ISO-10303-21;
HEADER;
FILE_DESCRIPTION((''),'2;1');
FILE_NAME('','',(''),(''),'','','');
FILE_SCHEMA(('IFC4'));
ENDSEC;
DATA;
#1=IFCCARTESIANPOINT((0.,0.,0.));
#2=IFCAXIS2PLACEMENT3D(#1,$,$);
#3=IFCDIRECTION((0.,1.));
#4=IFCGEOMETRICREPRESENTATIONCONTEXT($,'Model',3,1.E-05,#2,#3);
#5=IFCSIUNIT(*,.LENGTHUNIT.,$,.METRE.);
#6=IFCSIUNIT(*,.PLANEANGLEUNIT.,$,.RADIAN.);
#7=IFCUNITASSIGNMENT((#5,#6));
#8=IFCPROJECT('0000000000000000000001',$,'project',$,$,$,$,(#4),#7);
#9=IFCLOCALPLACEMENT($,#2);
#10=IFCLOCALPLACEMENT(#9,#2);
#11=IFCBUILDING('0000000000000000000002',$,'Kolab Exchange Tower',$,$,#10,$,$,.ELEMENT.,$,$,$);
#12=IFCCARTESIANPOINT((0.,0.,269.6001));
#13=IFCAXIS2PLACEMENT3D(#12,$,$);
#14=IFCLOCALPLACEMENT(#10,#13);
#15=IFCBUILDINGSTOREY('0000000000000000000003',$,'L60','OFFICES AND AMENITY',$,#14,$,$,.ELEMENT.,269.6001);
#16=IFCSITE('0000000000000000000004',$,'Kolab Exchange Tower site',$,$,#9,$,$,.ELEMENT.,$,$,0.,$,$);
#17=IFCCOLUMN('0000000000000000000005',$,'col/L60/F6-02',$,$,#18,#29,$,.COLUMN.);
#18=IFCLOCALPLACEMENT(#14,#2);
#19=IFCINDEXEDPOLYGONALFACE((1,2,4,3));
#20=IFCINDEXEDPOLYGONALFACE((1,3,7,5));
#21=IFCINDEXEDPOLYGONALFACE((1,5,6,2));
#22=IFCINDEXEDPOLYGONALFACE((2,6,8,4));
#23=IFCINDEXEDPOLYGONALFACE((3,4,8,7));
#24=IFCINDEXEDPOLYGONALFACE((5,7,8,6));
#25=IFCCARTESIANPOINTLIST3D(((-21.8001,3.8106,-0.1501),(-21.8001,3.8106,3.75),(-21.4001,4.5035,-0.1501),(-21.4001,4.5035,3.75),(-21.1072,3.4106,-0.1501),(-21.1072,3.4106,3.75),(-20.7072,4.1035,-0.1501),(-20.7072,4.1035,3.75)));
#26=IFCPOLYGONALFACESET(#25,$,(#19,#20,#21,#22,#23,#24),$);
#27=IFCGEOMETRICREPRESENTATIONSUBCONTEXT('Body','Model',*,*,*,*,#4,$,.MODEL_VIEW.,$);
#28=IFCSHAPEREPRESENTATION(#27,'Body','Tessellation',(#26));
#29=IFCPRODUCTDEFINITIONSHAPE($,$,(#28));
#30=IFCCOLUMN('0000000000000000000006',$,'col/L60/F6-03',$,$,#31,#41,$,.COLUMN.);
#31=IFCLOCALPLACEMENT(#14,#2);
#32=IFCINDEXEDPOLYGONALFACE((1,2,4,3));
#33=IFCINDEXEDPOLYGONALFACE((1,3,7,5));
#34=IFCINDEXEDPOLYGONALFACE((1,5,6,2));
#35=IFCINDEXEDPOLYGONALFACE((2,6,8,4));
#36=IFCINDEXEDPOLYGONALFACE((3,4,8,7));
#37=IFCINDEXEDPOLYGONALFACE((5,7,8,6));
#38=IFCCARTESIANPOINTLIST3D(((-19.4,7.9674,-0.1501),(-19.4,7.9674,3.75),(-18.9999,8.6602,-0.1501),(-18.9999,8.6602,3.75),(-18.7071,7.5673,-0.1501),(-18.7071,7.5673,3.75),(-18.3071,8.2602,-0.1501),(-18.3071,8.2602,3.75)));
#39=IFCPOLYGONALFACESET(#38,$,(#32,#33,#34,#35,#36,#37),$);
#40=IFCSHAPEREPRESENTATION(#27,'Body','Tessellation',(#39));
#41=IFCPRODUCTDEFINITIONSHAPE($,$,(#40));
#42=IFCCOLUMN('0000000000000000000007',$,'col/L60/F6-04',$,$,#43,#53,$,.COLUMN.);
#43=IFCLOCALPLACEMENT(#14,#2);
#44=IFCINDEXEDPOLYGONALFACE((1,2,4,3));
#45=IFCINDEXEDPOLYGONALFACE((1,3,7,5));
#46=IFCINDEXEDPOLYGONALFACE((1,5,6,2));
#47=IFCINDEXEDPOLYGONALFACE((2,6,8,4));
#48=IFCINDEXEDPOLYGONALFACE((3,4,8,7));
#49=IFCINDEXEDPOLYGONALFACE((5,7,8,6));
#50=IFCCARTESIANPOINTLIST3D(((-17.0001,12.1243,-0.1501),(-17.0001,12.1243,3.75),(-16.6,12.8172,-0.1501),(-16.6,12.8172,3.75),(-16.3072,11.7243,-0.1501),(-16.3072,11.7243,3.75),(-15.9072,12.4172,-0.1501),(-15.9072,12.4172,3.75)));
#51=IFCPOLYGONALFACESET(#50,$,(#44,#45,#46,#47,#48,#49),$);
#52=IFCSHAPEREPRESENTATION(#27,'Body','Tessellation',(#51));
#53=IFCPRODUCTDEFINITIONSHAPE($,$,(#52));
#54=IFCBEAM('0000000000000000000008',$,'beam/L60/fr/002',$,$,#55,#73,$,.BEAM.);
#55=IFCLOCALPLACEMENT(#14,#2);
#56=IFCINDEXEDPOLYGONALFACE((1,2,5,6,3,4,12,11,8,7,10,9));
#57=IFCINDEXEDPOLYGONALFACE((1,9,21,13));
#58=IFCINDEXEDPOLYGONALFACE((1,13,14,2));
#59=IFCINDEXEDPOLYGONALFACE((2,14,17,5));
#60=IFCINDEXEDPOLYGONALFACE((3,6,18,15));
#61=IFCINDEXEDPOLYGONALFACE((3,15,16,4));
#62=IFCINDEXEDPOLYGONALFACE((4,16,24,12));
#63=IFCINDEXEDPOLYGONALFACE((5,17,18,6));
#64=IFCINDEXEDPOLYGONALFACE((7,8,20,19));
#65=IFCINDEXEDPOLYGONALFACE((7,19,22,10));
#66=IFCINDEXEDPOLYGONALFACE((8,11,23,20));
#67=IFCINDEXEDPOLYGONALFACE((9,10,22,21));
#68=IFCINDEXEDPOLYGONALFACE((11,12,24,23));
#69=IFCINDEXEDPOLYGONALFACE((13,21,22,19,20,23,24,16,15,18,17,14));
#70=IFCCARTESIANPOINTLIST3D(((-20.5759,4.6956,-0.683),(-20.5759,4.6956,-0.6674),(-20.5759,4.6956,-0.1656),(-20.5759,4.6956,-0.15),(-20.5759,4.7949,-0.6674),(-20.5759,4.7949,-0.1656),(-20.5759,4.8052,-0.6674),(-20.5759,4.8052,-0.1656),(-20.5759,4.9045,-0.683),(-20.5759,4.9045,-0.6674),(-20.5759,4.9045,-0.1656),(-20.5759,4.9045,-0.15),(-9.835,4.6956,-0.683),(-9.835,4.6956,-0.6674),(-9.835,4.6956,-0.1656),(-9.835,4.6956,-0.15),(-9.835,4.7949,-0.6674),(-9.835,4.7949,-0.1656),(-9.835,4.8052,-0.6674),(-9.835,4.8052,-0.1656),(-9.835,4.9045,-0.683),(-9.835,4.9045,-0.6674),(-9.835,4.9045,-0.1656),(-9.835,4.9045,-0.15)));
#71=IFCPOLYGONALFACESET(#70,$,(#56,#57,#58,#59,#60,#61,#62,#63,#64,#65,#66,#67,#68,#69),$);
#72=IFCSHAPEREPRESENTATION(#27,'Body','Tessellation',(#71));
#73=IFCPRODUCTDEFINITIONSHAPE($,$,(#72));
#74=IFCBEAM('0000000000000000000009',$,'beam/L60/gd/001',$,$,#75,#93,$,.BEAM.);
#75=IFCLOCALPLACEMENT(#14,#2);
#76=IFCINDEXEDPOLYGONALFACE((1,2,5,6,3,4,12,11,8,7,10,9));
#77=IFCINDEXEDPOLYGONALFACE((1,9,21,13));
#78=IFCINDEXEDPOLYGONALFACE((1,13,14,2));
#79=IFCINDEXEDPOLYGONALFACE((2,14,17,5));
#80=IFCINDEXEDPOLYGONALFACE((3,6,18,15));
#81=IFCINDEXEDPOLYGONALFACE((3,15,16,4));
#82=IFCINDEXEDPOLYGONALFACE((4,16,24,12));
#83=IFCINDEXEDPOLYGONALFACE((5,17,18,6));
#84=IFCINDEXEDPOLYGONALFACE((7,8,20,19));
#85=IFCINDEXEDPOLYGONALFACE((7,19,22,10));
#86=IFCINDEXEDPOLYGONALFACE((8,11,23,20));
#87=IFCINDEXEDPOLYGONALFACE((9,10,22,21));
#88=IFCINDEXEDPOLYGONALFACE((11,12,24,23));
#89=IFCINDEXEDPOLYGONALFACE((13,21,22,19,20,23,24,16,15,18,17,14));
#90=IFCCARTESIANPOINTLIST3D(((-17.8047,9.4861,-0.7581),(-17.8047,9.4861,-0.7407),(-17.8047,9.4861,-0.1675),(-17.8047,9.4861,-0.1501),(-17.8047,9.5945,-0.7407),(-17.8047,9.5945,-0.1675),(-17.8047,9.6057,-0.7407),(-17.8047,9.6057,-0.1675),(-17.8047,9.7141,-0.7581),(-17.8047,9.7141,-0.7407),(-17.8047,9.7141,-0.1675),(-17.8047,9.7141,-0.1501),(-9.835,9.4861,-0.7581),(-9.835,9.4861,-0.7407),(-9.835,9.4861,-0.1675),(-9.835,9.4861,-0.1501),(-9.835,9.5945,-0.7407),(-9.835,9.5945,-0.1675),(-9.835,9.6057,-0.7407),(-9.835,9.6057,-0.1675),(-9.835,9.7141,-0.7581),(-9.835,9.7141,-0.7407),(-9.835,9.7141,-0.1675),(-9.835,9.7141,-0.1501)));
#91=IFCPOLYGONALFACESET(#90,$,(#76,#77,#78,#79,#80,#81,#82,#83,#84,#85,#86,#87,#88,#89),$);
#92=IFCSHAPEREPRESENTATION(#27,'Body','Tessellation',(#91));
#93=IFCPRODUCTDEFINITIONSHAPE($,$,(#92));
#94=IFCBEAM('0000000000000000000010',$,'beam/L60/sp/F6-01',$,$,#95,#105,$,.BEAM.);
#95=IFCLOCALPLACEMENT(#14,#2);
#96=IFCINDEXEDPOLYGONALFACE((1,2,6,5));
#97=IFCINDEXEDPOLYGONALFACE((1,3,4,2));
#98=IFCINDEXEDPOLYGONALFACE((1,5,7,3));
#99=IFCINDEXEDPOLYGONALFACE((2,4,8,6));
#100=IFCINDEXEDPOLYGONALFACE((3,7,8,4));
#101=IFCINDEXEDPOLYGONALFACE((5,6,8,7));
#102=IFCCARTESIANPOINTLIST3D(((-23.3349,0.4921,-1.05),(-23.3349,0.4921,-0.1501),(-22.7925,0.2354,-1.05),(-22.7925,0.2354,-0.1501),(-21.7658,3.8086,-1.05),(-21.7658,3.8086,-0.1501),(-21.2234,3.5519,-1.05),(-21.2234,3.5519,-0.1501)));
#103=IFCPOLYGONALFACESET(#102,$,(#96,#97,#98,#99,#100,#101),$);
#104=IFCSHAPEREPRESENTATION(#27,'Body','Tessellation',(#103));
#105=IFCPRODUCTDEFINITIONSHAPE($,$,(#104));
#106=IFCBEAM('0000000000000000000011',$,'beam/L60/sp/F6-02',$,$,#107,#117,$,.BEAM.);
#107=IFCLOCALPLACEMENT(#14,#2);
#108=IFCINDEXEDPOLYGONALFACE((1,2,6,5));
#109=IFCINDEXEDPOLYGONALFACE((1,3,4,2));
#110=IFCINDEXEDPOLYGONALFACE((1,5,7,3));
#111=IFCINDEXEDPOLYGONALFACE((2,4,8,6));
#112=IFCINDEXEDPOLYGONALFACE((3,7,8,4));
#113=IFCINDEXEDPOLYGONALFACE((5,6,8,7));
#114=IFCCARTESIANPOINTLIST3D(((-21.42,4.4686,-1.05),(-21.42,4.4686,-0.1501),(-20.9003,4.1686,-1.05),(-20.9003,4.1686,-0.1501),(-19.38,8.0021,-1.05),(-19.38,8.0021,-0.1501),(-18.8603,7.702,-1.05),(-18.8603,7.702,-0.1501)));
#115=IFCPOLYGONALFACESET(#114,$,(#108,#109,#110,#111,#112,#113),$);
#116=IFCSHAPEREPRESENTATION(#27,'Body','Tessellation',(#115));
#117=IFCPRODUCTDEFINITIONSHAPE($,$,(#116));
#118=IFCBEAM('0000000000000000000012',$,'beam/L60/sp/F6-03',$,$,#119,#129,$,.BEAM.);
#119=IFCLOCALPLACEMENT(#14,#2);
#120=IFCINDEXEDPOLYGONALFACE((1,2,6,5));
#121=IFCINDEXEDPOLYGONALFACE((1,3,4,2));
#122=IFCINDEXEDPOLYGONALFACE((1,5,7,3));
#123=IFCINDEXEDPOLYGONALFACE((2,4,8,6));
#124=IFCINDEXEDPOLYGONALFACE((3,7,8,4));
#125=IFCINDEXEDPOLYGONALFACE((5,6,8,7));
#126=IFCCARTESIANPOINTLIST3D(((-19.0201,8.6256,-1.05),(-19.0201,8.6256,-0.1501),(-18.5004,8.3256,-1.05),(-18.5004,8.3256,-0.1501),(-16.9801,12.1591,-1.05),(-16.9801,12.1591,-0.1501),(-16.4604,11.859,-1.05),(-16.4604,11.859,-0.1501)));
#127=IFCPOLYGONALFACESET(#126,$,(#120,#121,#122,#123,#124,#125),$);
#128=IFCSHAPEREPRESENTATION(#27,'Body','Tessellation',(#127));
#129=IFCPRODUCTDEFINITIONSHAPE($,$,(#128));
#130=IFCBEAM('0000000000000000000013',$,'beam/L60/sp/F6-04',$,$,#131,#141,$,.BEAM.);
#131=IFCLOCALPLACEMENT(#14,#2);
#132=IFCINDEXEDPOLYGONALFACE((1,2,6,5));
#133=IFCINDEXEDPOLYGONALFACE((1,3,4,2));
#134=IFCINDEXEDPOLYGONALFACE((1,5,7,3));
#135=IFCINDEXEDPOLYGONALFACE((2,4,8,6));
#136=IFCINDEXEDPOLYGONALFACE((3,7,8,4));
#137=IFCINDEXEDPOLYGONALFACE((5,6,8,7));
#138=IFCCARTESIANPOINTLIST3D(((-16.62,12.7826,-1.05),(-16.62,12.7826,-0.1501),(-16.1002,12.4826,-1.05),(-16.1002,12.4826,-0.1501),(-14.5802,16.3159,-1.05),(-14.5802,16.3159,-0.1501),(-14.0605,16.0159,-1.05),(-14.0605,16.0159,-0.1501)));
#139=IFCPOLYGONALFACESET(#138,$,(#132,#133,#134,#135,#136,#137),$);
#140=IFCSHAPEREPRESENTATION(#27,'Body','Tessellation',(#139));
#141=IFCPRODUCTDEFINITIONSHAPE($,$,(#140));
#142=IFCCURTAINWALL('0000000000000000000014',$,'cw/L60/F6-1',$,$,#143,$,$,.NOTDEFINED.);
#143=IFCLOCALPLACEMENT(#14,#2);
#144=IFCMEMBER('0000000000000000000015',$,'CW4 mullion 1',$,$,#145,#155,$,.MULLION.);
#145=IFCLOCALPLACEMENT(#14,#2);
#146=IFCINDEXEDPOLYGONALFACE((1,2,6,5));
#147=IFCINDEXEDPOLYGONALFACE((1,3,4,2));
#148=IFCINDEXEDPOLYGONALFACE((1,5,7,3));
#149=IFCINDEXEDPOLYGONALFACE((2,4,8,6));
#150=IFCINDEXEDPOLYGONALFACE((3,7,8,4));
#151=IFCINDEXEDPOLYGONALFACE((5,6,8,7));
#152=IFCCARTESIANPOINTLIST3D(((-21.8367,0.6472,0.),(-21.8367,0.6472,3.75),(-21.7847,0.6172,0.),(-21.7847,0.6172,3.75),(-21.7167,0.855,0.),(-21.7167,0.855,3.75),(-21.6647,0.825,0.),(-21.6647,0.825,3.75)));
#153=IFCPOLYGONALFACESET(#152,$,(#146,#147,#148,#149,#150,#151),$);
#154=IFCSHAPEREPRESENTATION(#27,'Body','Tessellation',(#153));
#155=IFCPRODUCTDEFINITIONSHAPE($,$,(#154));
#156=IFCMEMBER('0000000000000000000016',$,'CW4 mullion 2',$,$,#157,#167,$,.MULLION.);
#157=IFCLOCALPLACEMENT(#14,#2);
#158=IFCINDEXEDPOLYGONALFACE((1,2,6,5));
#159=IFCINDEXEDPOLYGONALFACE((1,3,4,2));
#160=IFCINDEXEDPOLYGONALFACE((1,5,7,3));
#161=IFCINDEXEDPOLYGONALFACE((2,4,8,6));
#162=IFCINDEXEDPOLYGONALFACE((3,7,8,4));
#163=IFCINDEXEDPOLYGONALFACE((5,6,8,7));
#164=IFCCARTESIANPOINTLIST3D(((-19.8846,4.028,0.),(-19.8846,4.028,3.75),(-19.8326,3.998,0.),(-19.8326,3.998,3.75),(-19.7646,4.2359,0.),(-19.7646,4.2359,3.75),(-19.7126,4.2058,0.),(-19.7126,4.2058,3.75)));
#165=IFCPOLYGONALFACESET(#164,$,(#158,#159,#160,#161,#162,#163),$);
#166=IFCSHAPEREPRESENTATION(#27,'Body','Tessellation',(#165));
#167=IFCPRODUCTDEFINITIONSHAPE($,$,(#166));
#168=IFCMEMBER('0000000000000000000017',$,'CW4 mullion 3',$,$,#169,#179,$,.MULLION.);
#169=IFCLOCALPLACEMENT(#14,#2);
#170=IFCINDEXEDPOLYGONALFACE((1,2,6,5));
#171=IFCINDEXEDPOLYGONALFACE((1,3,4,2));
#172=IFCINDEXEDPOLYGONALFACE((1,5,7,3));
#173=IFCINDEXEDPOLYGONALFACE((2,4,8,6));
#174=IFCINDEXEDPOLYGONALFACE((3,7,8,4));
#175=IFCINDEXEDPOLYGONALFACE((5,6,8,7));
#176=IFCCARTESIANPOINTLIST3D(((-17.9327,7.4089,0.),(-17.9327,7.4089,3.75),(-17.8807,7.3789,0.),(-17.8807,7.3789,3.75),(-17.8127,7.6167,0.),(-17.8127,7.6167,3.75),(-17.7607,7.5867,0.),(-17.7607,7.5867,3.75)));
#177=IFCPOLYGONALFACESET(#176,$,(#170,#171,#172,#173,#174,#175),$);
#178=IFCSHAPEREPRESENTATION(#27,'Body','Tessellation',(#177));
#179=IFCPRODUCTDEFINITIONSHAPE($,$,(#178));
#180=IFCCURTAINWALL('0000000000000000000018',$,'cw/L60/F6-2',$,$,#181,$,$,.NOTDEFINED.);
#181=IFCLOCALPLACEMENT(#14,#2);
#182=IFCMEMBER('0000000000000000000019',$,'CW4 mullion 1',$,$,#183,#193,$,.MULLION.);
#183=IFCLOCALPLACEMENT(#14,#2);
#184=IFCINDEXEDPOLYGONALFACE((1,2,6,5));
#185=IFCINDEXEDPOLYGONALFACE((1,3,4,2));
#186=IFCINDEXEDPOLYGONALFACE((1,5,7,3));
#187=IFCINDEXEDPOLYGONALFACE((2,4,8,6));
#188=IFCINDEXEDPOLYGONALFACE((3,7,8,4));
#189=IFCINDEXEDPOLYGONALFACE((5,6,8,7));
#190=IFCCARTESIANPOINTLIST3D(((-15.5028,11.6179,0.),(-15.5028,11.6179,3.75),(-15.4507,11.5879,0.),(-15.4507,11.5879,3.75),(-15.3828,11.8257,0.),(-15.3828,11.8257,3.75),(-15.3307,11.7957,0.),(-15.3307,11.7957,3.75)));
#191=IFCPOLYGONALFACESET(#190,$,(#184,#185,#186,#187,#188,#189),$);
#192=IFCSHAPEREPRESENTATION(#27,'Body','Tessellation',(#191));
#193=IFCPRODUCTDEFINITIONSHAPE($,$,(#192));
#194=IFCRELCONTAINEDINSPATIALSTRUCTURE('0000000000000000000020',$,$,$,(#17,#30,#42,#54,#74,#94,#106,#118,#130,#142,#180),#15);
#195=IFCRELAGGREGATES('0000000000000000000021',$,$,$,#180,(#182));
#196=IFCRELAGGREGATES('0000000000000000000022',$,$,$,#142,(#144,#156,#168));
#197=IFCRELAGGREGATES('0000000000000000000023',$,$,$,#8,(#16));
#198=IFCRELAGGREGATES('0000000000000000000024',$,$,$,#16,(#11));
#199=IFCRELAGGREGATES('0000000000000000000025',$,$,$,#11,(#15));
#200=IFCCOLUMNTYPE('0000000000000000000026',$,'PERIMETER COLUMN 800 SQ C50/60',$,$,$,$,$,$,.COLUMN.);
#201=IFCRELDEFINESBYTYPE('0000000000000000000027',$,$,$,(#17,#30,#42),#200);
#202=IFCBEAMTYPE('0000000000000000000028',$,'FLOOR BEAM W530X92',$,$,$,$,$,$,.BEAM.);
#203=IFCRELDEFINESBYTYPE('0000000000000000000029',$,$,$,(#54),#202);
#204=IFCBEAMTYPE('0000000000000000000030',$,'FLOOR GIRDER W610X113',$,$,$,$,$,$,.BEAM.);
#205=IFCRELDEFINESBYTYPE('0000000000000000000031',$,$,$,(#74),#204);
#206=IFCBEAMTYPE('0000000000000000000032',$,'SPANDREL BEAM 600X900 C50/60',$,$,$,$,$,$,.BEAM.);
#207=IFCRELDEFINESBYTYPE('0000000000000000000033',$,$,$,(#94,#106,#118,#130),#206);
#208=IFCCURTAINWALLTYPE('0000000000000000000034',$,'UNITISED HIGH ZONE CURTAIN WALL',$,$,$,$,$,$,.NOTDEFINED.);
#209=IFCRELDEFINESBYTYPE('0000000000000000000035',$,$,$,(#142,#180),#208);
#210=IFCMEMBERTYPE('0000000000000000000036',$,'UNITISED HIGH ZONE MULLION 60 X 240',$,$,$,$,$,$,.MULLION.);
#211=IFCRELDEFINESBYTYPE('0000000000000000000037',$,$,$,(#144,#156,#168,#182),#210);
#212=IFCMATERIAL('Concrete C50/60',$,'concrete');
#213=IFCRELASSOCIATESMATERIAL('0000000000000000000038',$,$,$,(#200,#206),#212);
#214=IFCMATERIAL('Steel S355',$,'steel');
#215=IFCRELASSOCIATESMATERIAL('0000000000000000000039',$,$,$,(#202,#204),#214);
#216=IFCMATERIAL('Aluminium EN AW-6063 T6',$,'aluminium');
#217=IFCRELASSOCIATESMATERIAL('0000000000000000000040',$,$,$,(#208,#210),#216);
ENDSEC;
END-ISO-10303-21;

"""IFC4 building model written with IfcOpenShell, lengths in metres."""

from ifc_helpers import new_model, si_unit, direction, frame, origin, origin_2d, place, context, subcontext, project, spatial, rectangle, i_section, extrude, material, material_profile, profile_set, type_object, element, aggregate, save


model = new_model("IFC4")

# Units and contexts
model_context = context("Model", 3, precision=1e-05, world=origin(), true_north=direction((0.0, 1.0)))
body_context = subcontext(model_context, "Body", "Model", "MODEL_VIEW")
ifc_project = project(units=[si_unit("LENGTHUNIT", "METRE"), si_unit("PLANEANGLEUNIT", "RADIAN")], contexts=[model_context])

# Site, building, storey
site_placement = place(None, origin())
site = spatial("IfcSite", under=ifc_project, at=site_placement, Name="Kolab Exchange Tower site", CompositionType="ELEMENT", RefElevation=0.0)
building_placement = place(site_placement, origin())
building = spatial("IfcBuilding", under=site, at=building_placement, Name="Kolab Exchange Tower", CompositionType="ELEMENT")
storey_placement = place(building_placement, frame((0.0, 0.0, 269.6001)))
storey = spatial("IfcBuildingStorey", under=building, at=storey_placement, Name="L60", Description="OFFICES AND AMENITY", CompositionType="ELEMENT", Elevation=269.6001)

# Columns
ifc_material_1 = material(Name="Concrete C50/60", Category="concrete")
ifc_material_profile_1 = material_profile(ifc_material_1, rectangle(XDim=0.8, YDim=0.8, at=origin_2d()), Name="RC800")
ifc_profile_set_1 = profile_set([ifc_material_profile_1], Name="Concrete C50/60")
column_type = type_object("IfcColumnType", Name="PERIMETER COLUMN 800 SQ C50/60", PredefinedType="COLUMN", material=ifc_profile_set_1)
for number, where, z_axis, x_axis, name in (
    (1, (-21.2537, 3.957, -0.1501), (0.0, 0.0, 1.0), (0.5, 0.866025, 0.0), "col/L60/F6-02"),
    (2, (-18.8535, 8.1138, -0.1501), (0.0, 0.0, 1.0), (0.5, 0.866025, 0.0), "col/L60/F6-03"),
    (3, (-16.4536, 12.2708, -0.1501), (0.0, 0.0, 1.0), (0.5, 0.866025, 0.0), "col/L60/F6-04"),
):
    element("IfcColumn", number, at=place(storey_placement, frame(where, z_axis=z_axis, x_axis=x_axis)), inside=storey, type_object=column_type, Name=name, PredefinedType="COLUMN", context=body_context, shape_type="SweptSolid", body=[
        extrude(rectangle(XDim=0.8, YDim=0.8, at=origin_2d()), origin(), (0.0, 0.0, 1.0), 3.9001),
    ])

# Beams
ifc_material_2 = material(Name="Steel S355", Category="steel")
ifc_material_profile_2 = material_profile(ifc_material_2, i_section(OverallWidth=0.209, OverallDepth=0.533, WebThickness=0.0103, FlangeThickness=0.0156, at=origin_2d()), Name="W530X92")
ifc_profile_set_2 = profile_set([ifc_material_profile_2], Name="Steel S355")
beam_type_1 = type_object("IfcBeamType", Name="FLOOR BEAM W530X92", PredefinedType="BEAM", material=ifc_profile_set_2)
beam_1_placement = place(storey_placement, frame((-20.5759, 4.8, -0.4165), z_axis=(1.0, 0.0, 0.0), x_axis=(0.0, 1.0, 0.0)))
element("IfcBeam", 4, at=beam_1_placement, inside=storey, type_object=beam_type_1, Name="beam/L60/fr/002", PredefinedType="BEAM", context=body_context, shape_type="SweptSolid", body=[
    extrude(i_section(OverallWidth=0.209, OverallDepth=0.533, WebThickness=0.0103, FlangeThickness=0.0156, at=origin_2d()), origin(), (0.0, 0.0, 1.0), 10.741),
])
ifc_material_profile_3 = material_profile(ifc_material_2, i_section(OverallWidth=0.228, OverallDepth=0.6079, WebThickness=0.0112, FlangeThickness=0.0173, at=origin_2d()), Name="W610X113")
ifc_profile_set_3 = profile_set([ifc_material_profile_3], Name="Steel S355")
beam_type_2 = type_object("IfcBeamType", Name="FLOOR GIRDER W610X113", PredefinedType="BEAM", material=ifc_profile_set_3)
beam_2_placement = place(storey_placement, frame((-17.8047, 9.6001, -0.4541), z_axis=(1.0, 0.0, 0.0), x_axis=(0.0, 1.0, 0.0)))
element("IfcBeam", 5, at=beam_2_placement, inside=storey, type_object=beam_type_2, Name="beam/L60/gd/001", PredefinedType="BEAM", context=body_context, shape_type="SweptSolid", body=[
    extrude(i_section(OverallWidth=0.228, OverallDepth=0.6079, WebThickness=0.0112, FlangeThickness=0.0173, at=origin_2d()), origin(), (0.0, 0.0, 1.0), 7.9697),
])
ifc_material_profile_4 = material_profile(ifc_material_1, rectangle(XDim=0.6001, YDim=0.8999, at=origin_2d()), Name="RC600X900")
ifc_profile_set_4 = profile_set([ifc_material_profile_4], Name="Concrete C50/60")
beam_type_3 = type_object("IfcBeamType", Name="SPANDREL BEAM 600X900 C50/60", PredefinedType="BEAM", material=ifc_profile_set_4)
beam_3_placement = place(storey_placement, frame((-23.0637, 0.3638, -0.6001), z_axis=(0.427677, 0.903932, 0.0), x_axis=(-0.903932, 0.427677, 0.0)))
element("IfcBeam", 6, at=beam_3_placement, inside=storey, type_object=beam_type_3, Name="beam/L60/sp/F6-01", PredefinedType="BEAM", context=body_context, shape_type="SweptSolid", body=[
    extrude(rectangle(XDim=0.6001, YDim=0.8999, at=origin_2d()), origin(), (0.0, 0.0, 1.0), 3.6689),
])
for number, where, z_axis, x_axis, name in (
    (7, (-21.1602, 4.3186, -0.6001), (0.5, 0.866025, 0.0), (-0.866025, 0.5, 0.0), "beam/L60/sp/F6-02"),
    (8, (-18.7603, 8.4756, -0.6001), (0.5, 0.866025, 0.0), (-0.866025, 0.5, 0.0), "beam/L60/sp/F6-03"),
):
    element("IfcBeam", number, at=place(storey_placement, frame(where, z_axis=z_axis, x_axis=x_axis)), inside=storey, type_object=beam_type_3, Name=name, PredefinedType="BEAM", context=body_context, shape_type="SweptSolid", body=[
        extrude(rectangle(XDim=0.6001, YDim=0.8999, at=origin_2d()), origin(), (0.0, 0.0, 1.0), 4.0801),
    ])
beam_4_placement = place(storey_placement, frame((-16.3601, 12.6326, -0.6001), z_axis=(0.499956, 0.866051, 0.0), x_axis=(-0.866051, 0.499956, 0.0)))
element("IfcBeam", 9, at=beam_4_placement, inside=storey, type_object=beam_type_3, Name="beam/L60/sp/F6-04", PredefinedType="BEAM", context=body_context, shape_type="SweptSolid", body=[
    extrude(rectangle(XDim=0.6001, YDim=0.8999, at=origin_2d()), origin(), (0.0, 0.0, 1.0), 4.0798),
])

# Curtain wall, members
ifc_material_3 = material(Name="Aluminium EN AW-6063 T6", Category="aluminium")
curtain_wall_type = type_object("IfcCurtainWallType", Name="UNITISED HIGH ZONE CURTAIN WALL", PredefinedType="NOTDEFINED", material=ifc_material_3)
curtain_wall_1_placement = place(storey_placement, origin())
curtain_wall_1 = element("IfcCurtainWall", 10, at=curtain_wall_1_placement, inside=storey, type_object=curtain_wall_type, Name="cw/L60/F6-1", PredefinedType="NOTDEFINED")
ifc_material_profile_5 = material_profile(ifc_material_3, rectangle(XDim=0.0601, YDim=0.24, at=origin_2d()), Name="RECT 60X240")
ifc_profile_set_5 = profile_set([ifc_material_profile_5], Name="Aluminium EN AW-6063 T6")
member_type_1 = type_object("IfcMemberType", Name="UNITISED HIGH ZONE MULLION 60 X 240", PredefinedType="MULLION", material=ifc_profile_set_5)
member_1_placement = place(storey_placement, frame((-21.7507, 0.7361, 0.0), z_axis=(0.0, 0.0, 1.0), x_axis=(-0.866025, 0.5, 0.0)))
member_1 = element("IfcMember", 11, at=member_1_placement, type_object=member_type_1, Name="CW4 mullion 1", PredefinedType="MULLION", context=body_context, shape_type="SweptSolid", body=[
    extrude(rectangle(XDim=0.0601, YDim=0.24, at=origin_2d()), origin(), (0.0, 0.0, 1.0), 3.75),
])
member_2_placement = place(storey_placement, frame((-19.7986, 4.1169, 0.0), z_axis=(0.0, 0.0, 1.0), x_axis=(-0.866025, 0.5, 0.0)))
member_2 = element("IfcMember", 12, at=member_2_placement, type_object=member_type_1, Name="CW4 mullion 2", PredefinedType="MULLION", context=body_context, shape_type="SweptSolid", body=[
    extrude(rectangle(XDim=0.0601, YDim=0.24, at=origin_2d()), origin(), (0.0, 0.0, 1.0), 3.75),
])
member_3_placement = place(storey_placement, frame((-17.8467, 7.4978, 0.0), z_axis=(0.0, 0.0, 1.0), x_axis=(-0.866025, 0.5, 0.0)))
member_3 = element("IfcMember", 13, at=member_3_placement, type_object=member_type_1, Name="CW4 mullion 3", PredefinedType="MULLION", context=body_context, shape_type="SweptSolid", body=[
    extrude(rectangle(XDim=0.0601, YDim=0.24, at=origin_2d()), origin(), (0.0, 0.0, 1.0), 3.75),
])

# Curtain wall, member
curtain_wall_2_placement = place(storey_placement, origin())
curtain_wall_2 = element("IfcCurtainWall", 14, at=curtain_wall_2_placement, inside=storey, type_object=curtain_wall_type, Name="cw/L60/F6-2", PredefinedType="NOTDEFINED")
member_4_placement = place(storey_placement, frame((-15.4167, 11.7068, 0.0), z_axis=(0.0, 0.0, 1.0), x_axis=(-0.866025, 0.5, 0.0)))
member_4 = element("IfcMember", 15, at=member_4_placement, type_object=member_type_1, Name="CW4 mullion 1", PredefinedType="MULLION", context=body_context, shape_type="SweptSolid", body=[
    extrude(rectangle(XDim=0.0601, YDim=0.24, at=origin_2d()), origin(), (0.0, 0.0, 1.0), 3.75),
])
aggregate(curtain_wall_2, [member_4])

aggregate(curtain_wall_1, [member_1, member_2, member_3])

save(model, "model.ifc")
